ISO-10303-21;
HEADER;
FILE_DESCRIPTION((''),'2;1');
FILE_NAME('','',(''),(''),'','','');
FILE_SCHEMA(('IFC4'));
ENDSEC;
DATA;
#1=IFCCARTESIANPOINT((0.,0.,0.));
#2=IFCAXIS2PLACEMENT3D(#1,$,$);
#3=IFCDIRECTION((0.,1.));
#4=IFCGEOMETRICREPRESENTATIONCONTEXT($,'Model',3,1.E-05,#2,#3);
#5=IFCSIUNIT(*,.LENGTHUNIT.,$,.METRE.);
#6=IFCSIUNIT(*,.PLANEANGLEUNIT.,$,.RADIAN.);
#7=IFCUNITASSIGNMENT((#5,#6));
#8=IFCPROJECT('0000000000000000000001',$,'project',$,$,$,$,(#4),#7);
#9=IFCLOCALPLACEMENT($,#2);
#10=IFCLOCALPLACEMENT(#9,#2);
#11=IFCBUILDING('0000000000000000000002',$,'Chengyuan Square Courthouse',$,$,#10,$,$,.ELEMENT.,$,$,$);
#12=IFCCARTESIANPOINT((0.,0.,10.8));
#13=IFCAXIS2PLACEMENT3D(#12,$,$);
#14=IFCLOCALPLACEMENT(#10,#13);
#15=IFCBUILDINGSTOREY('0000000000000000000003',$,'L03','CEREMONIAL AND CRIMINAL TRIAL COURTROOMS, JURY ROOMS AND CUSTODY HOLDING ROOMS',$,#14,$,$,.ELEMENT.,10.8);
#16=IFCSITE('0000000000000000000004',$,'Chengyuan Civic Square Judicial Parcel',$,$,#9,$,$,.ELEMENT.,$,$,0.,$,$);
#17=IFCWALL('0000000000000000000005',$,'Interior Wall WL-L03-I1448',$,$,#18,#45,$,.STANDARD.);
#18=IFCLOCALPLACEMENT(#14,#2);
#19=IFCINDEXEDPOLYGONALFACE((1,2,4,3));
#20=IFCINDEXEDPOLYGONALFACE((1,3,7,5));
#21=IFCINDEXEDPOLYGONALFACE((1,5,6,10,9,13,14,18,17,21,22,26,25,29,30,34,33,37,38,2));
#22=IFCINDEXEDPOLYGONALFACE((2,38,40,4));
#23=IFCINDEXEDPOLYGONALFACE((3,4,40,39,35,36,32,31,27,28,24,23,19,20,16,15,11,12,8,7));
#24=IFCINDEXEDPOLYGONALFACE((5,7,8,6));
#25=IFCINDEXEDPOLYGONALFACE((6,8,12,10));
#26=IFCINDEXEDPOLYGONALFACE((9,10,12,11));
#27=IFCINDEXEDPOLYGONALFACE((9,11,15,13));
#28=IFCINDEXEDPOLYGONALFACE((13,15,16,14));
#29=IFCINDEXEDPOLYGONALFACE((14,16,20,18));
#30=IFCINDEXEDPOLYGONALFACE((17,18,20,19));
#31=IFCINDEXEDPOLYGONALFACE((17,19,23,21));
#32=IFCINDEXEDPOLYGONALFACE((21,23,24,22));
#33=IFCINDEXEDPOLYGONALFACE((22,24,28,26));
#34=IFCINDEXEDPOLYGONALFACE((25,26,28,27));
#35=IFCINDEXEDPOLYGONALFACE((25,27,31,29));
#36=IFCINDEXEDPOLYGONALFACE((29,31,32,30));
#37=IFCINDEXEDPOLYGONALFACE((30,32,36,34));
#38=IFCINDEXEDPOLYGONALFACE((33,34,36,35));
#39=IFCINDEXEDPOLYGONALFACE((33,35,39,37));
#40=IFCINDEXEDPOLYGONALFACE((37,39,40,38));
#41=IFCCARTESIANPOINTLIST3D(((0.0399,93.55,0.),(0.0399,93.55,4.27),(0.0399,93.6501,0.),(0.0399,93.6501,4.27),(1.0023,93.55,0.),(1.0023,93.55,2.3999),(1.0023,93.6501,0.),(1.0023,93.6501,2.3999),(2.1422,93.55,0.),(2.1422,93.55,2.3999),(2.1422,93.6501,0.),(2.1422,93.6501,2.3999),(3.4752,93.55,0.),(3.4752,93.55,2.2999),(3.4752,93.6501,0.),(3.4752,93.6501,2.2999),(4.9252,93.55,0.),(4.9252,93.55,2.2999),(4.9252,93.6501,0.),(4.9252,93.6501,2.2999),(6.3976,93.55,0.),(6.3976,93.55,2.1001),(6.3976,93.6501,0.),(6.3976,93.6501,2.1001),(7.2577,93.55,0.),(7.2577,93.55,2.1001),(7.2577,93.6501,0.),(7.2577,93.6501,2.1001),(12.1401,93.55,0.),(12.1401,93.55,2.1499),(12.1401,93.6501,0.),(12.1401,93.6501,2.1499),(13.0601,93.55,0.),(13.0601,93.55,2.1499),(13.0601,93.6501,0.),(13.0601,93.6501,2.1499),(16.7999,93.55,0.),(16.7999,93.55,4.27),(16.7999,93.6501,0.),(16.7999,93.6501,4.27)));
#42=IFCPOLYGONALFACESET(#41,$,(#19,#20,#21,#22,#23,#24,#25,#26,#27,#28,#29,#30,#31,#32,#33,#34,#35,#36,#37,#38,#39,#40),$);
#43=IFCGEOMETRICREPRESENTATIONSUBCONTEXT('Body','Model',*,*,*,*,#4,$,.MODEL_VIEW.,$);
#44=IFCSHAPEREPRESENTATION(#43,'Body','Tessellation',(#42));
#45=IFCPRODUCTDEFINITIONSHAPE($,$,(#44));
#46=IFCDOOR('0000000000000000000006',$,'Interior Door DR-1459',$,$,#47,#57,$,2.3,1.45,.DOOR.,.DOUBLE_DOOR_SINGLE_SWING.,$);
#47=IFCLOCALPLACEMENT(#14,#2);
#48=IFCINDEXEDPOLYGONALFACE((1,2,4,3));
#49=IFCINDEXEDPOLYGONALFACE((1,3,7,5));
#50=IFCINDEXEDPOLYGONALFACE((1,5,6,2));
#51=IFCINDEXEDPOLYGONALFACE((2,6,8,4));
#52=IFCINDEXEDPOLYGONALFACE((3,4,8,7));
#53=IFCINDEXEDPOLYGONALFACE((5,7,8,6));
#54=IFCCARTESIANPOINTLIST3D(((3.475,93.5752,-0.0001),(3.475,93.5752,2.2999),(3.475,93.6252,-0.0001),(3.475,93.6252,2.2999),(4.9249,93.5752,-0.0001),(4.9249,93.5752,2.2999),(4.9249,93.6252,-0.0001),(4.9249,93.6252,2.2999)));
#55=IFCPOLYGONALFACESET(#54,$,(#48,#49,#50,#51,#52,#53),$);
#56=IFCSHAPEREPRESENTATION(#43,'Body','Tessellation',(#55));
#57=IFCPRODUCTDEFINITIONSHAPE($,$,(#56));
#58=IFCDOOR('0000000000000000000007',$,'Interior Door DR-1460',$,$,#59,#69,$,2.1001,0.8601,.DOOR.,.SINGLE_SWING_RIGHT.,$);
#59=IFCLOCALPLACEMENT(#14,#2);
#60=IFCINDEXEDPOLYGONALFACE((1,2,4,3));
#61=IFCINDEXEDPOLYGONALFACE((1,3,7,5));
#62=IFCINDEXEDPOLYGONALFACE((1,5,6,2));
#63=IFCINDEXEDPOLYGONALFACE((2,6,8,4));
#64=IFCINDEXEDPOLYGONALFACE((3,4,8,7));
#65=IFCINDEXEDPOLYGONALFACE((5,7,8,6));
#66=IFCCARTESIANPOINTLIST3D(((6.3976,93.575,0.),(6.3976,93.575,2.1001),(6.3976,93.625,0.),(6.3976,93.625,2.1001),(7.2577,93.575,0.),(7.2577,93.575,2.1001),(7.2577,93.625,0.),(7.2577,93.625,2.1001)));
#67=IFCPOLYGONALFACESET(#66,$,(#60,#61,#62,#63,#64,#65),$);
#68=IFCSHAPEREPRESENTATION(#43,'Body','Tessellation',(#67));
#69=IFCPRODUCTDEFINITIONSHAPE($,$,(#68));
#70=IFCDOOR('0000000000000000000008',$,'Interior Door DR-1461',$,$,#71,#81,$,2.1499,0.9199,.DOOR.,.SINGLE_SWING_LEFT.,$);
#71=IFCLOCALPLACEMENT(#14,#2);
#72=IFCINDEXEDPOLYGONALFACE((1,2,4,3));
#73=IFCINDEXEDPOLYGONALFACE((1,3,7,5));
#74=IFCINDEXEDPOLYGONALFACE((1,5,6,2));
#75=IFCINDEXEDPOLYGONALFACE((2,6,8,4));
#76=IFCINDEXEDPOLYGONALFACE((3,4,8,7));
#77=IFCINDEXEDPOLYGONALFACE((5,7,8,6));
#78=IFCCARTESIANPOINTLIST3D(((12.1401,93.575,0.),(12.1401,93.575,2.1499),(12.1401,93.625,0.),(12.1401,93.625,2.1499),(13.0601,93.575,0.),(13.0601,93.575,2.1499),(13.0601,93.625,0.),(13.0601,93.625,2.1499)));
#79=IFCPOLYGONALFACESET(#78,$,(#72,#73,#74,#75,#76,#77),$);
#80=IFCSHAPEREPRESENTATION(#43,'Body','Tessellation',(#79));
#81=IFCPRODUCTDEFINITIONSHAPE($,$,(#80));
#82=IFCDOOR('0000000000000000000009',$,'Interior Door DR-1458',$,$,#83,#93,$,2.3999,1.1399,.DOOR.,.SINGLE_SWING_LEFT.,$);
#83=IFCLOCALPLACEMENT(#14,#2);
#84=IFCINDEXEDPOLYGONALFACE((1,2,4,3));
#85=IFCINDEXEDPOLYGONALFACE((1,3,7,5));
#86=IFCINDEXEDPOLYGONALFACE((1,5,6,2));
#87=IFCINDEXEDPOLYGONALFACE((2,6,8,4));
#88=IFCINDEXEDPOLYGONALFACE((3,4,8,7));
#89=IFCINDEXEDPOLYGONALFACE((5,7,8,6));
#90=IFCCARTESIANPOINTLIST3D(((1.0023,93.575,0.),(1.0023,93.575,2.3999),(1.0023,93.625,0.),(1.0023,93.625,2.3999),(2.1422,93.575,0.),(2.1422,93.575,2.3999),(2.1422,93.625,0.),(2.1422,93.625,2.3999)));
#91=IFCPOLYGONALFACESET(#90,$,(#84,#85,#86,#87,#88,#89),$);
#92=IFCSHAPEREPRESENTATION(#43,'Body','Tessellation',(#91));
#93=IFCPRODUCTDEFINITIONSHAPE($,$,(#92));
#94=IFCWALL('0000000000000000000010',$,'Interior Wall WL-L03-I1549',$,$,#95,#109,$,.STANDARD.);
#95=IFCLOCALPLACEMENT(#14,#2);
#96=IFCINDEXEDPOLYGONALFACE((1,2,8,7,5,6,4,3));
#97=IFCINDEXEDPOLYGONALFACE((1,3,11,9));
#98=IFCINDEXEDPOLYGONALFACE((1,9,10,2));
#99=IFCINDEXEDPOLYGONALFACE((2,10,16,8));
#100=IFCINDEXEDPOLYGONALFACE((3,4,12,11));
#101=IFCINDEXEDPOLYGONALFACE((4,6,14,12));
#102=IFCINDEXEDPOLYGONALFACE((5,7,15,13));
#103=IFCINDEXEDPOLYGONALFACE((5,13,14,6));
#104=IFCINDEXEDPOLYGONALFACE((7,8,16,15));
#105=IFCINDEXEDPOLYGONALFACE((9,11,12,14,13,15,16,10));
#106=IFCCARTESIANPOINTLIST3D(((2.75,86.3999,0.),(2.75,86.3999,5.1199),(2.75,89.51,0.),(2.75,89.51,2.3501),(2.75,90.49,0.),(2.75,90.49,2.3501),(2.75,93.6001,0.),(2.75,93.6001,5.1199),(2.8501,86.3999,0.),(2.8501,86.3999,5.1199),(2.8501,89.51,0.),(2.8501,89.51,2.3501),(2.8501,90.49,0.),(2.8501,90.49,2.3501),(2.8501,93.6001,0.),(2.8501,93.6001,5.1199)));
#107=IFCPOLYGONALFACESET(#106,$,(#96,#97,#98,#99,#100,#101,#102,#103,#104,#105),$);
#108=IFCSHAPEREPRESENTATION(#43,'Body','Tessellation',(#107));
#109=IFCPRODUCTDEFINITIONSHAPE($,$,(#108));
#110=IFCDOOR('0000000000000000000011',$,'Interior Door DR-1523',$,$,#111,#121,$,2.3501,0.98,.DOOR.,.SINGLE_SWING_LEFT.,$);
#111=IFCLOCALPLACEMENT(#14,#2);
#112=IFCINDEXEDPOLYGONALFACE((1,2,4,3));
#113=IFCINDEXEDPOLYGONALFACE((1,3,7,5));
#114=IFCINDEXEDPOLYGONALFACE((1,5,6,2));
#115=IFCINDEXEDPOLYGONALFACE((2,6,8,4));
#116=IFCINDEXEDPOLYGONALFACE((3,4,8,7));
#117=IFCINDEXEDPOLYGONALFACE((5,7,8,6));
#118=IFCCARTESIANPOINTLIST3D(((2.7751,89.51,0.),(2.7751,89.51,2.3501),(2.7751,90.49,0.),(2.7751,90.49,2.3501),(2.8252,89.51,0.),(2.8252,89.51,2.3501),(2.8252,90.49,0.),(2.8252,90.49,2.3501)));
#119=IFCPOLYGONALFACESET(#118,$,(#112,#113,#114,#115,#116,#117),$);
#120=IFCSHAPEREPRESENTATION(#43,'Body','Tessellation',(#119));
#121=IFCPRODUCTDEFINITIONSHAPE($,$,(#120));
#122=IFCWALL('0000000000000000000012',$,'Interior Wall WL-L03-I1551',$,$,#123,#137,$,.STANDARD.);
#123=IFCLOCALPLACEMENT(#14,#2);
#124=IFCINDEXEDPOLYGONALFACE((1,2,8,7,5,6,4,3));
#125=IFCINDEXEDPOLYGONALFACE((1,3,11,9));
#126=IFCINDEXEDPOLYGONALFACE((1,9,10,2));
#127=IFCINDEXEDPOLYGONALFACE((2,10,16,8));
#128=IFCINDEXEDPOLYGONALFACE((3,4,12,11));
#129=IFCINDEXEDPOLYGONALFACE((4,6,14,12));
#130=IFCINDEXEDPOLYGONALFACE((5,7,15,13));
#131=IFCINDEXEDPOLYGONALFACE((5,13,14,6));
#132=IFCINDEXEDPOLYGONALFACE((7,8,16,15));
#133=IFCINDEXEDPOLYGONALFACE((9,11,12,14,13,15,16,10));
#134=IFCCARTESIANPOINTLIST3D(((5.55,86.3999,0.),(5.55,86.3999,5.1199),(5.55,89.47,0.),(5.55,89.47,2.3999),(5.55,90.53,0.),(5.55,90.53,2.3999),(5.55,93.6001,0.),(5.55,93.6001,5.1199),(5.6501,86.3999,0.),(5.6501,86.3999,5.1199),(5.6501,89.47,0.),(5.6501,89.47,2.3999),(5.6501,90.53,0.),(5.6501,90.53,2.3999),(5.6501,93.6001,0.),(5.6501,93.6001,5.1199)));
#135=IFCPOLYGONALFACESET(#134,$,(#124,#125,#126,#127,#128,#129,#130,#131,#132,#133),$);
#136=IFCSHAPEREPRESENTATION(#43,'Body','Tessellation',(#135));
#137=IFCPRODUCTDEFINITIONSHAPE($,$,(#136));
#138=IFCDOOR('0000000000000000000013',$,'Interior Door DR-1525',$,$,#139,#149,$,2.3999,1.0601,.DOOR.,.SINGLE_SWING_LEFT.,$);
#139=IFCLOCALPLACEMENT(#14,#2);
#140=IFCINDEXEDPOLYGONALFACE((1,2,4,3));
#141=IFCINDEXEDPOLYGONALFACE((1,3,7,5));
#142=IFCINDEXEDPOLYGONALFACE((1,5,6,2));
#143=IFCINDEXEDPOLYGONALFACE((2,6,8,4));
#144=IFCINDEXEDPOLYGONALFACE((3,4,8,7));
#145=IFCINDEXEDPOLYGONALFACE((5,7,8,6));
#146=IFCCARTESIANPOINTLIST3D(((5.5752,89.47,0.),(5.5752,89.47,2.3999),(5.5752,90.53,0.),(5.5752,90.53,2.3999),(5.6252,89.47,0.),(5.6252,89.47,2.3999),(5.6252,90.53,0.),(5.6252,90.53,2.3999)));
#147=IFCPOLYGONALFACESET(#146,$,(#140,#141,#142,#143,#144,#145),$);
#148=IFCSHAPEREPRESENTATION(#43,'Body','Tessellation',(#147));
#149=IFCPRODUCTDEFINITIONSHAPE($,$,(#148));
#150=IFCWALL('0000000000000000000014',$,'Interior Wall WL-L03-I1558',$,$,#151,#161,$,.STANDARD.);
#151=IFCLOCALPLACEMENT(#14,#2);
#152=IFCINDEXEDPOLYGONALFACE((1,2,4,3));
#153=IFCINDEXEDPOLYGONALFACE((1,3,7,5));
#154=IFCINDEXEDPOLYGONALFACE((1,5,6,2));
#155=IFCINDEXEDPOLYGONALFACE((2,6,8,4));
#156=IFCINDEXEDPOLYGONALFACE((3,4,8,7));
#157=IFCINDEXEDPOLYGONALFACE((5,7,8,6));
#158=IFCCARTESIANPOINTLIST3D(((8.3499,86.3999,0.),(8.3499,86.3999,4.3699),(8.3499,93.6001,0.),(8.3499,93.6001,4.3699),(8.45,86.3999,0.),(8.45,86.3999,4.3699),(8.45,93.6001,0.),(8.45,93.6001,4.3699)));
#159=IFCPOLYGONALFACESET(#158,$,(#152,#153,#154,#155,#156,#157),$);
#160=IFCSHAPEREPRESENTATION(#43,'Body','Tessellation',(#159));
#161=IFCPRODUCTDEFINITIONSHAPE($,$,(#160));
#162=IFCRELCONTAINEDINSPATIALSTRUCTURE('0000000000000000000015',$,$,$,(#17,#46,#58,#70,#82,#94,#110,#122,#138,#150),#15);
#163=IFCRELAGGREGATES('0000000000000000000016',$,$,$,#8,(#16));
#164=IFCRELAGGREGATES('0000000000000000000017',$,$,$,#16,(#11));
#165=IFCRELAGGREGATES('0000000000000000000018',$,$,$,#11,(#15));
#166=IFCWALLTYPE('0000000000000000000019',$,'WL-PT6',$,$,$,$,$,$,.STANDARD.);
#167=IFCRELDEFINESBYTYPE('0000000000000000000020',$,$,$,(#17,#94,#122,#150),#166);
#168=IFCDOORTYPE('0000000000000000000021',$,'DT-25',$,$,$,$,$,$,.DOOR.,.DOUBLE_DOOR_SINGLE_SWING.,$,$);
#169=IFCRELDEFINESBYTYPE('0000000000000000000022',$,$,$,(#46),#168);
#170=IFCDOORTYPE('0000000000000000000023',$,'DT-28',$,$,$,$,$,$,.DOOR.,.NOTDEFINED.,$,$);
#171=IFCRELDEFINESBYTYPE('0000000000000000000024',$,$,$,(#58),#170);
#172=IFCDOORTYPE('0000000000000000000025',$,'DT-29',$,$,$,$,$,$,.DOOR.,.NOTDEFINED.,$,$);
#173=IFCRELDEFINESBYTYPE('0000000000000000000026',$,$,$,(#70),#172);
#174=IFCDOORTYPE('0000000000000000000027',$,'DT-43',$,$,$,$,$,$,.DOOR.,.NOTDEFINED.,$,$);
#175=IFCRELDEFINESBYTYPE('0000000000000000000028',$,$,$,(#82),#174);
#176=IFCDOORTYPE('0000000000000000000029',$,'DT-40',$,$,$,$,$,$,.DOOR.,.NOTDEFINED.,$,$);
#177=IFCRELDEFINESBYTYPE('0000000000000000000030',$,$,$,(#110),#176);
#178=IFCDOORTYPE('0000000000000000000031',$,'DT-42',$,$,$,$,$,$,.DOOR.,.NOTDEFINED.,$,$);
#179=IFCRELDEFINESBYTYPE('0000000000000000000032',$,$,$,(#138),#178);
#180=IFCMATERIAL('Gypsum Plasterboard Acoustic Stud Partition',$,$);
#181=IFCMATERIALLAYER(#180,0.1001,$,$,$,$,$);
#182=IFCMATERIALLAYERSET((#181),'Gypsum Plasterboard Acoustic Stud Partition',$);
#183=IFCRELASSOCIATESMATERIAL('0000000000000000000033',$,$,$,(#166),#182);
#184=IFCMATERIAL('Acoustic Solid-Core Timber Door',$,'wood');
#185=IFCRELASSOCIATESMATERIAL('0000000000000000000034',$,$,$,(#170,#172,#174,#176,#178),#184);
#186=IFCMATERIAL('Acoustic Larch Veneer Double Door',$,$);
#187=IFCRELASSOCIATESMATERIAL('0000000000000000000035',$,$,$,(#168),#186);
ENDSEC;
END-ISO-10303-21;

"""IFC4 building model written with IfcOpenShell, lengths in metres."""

from ifc_helpers import new_model, si_unit, direction, frame, frame_2d, origin, place, context, subcontext, project, spatial, rectangle, extrude, material, layer, layer_set, type_object, element, fill, save


model = new_model("IFC4")

# Units and contexts
model_context = context("Model", 3, precision=1e-05, world=origin(), true_north=direction((0.0, 1.0)))
body_context = subcontext(model_context, "Body", "Model", "MODEL_VIEW")
ifc_project = project(units=[si_unit("LENGTHUNIT", "METRE"), si_unit("PLANEANGLEUNIT", "RADIAN")], contexts=[model_context])

# Site, building, storey
site_placement = place(None, origin())
site = spatial("IfcSite", under=ifc_project, at=site_placement, Name="Chengyuan Civic Square Judicial Parcel", CompositionType="ELEMENT", RefElevation=0.0)
building_placement = place(site_placement, origin())
building = spatial("IfcBuilding", under=site, at=building_placement, Name="Chengyuan Square Courthouse", CompositionType="ELEMENT")
storey_placement = place(building_placement, frame((0.0, 0.0, 10.8)))
storey = spatial("IfcBuildingStorey", under=building, at=storey_placement, Name="L03", Description="CEREMONIAL AND CRIMINAL TRIAL COURTROOMS, JURY ROOMS AND CUSTODY HOLDING ROOMS", CompositionType="ELEMENT", Elevation=10.8)

# Wall, openings, doors
ifc_material_1 = material(Name="Gypsum Plasterboard Acoustic Stud Partition")
ifc_layer = layer(ifc_material_1, 0.1001)
ifc_layer_set = layer_set([ifc_layer], Name="Gypsum Plasterboard Acoustic Stud Partition")
wall_type = type_object("IfcWallType", Name="WL-PT6", PredefinedType="STANDARD", material=ifc_layer_set)
ifc_material_2 = material(Name="Acoustic Larch Veneer Double Door")
ifc_material_3 = material(Name="Acoustic Solid-Core Timber Door", Category="wood")
door_type_1 = type_object("IfcDoorType", Name="DT-28", OperationType="NOTDEFINED", PredefinedType="DOOR", material=ifc_material_3)
wall_1_placement = place(storey_placement, frame((0.04, 93.6001, 0.0), z_axis=(0.0, 0.0, 1.0), x_axis=(1.0, 0.0, 0.0)))
wall_1 = element("IfcWall", 1, at=wall_1_placement, inside=storey, type_object=wall_type, Name="Interior Wall WL-L03-I1448", PredefinedType="STANDARD", context=body_context, shape_type="SweptSolid", body=[
    extrude(rectangle(XDim=16.76, YDim=0.1001, at=frame_2d((8.3799, 0.0))), origin(), (0.0, 0.0, 1.0), 4.27),
])
opening_1_placement = place(wall_1_placement, frame((0.9624, 0.0, 0.0)))
opening_1 = element("IfcOpeningElement", 2, at=opening_1_placement, cuts=wall_1, PredefinedType="OPENING", context=body_context, shape_type="SweptSolid", body=[
    extrude(rectangle(XDim=1.1399, YDim=2.3999, at=frame_2d((0.5698, 1.2))), frame((0.0, 0.062, 0.0), z_axis=(0.0, -1.0, 0.0), x_axis=(1.0, 0.0, 0.0)), (0.0, 0.0, 1.0), 0.124),
])
opening_2_placement = place(wall_1_placement, frame((3.4351, 0.0, 0.0)))
opening_2 = element("IfcOpeningElement", 3, at=opening_2_placement, cuts=wall_1, PredefinedType="OPENING", context=body_context, shape_type="SweptSolid", body=[
    extrude(rectangle(XDim=1.45, YDim=2.3, at=frame_2d((0.7251, 1.1499))), frame((0.0, 0.062, 0.0), z_axis=(0.0, -1.0, 0.0), x_axis=(1.0, 0.0, 0.0)), (0.0, 0.0, 1.0), 0.124),
])
opening_3_placement = place(wall_1_placement, frame((6.3574, 0.0, 0.0)))
opening_3 = element("IfcOpeningElement", 4, at=opening_3_placement, cuts=wall_1, PredefinedType="OPENING", context=body_context, shape_type="SweptSolid", body=[
    extrude(rectangle(XDim=0.8601, YDim=2.1001, at=frame_2d((0.4302, 1.05))), frame((0.0, 0.062, 0.0), z_axis=(0.0, -1.0, 0.0), x_axis=(1.0, 0.0, 0.0)), (0.0, 0.0, 1.0), 0.124),
])
opening_4_placement = place(wall_1_placement, frame((12.1001, 0.0, 0.0)))
opening_4 = element("IfcOpeningElement", 5, at=opening_4_placement, cuts=wall_1, PredefinedType="OPENING", context=body_context, shape_type="SweptSolid", body=[
    extrude(rectangle(XDim=0.9199, YDim=2.1499, at=frame_2d((0.46, 1.075))), frame((0.0, 0.062, 0.0), z_axis=(0.0, -1.0, 0.0), x_axis=(1.0, 0.0, 0.0)), (0.0, 0.0, 1.0), 0.124),
])
door_type_2 = type_object("IfcDoorType", Name="DT-25", OperationType="DOUBLE_DOOR_SINGLE_SWING", PredefinedType="DOOR", material=ifc_material_2)
door_1_placement = place(opening_2_placement, frame((1.45, 0.0, 0.0), z_axis=(0.0, 0.0, 1.0), x_axis=(-1.0, 0.0, 0.0)))
door_1 = element("IfcDoor", 6, at=door_1_placement, inside=storey, type_object=door_type_2, Name="Interior Door DR-1459", OperationType="DOUBLE_DOOR_SINGLE_SWING", OverallHeight=2.3, OverallWidth=1.45, PredefinedType="DOOR", context=body_context, shape_type="SweptSolid", body=[
    extrude(rectangle(XDim=1.45, YDim=2.3, at=frame_2d((0.7251, 1.1499))), frame((0.0, 0.0249, 0.0), z_axis=(0.0, -1.0, 0.0), x_axis=(1.0, 0.0, 0.0)), (0.0, 0.0, 1.0), 0.05),
])
fill(opening_2, door_1)
door_2_placement = place(opening_3_placement, origin())
door_2 = element("IfcDoor", 7, at=door_2_placement, inside=storey, type_object=door_type_1, Name="Interior Door DR-1460", OperationType="SINGLE_SWING_RIGHT", OverallHeight=2.1001, OverallWidth=0.8601, PredefinedType="DOOR", context=body_context, shape_type="SweptSolid", body=[
    extrude(rectangle(XDim=0.8601, YDim=2.1001, at=frame_2d((0.4302, 1.05))), frame((0.0, 0.0249, 0.0), z_axis=(0.0, -1.0, 0.0), x_axis=(1.0, 0.0, 0.0)), (0.0, 0.0, 1.0), 0.05),
])
fill(opening_3, door_2)
door_type_3 = type_object("IfcDoorType", Name="DT-29", OperationType="NOTDEFINED", PredefinedType="DOOR", material=ifc_material_3)
door_3_placement = place(opening_4_placement, origin())
door_3 = element("IfcDoor", 8, at=door_3_placement, inside=storey, type_object=door_type_3, Name="Interior Door DR-1461", OperationType="SINGLE_SWING_LEFT", OverallHeight=2.1499, OverallWidth=0.9199, PredefinedType="DOOR", context=body_context, shape_type="SweptSolid", body=[
    extrude(rectangle(XDim=0.9199, YDim=2.1499, at=frame_2d((0.46, 1.075))), frame((0.0, 0.0249, 0.0), z_axis=(0.0, -1.0, 0.0), x_axis=(1.0, 0.0, 0.0)), (0.0, 0.0, 1.0), 0.05),
])
fill(opening_4, door_3)
door_type_4 = type_object("IfcDoorType", Name="DT-43", OperationType="NOTDEFINED", PredefinedType="DOOR", material=ifc_material_3)
door_4_placement = place(opening_1_placement, origin())
door_4 = element("IfcDoor", 9, at=door_4_placement, inside=storey, type_object=door_type_4, Name="Interior Door DR-1458", OperationType="SINGLE_SWING_LEFT", OverallHeight=2.3999, OverallWidth=1.1399, PredefinedType="DOOR", context=body_context, shape_type="SweptSolid", body=[
    extrude(rectangle(XDim=1.1399, YDim=2.3999, at=frame_2d((0.5698, 1.2))), frame((0.0, 0.0249, 0.0), z_axis=(0.0, -1.0, 0.0), x_axis=(1.0, 0.0, 0.0)), (0.0, 0.0, 1.0), 0.05),
])
fill(opening_1, door_4)

# Walls, openings, doors
wall_2_placement = place(storey_placement, frame((2.8, 86.3999, 0.0), z_axis=(0.0, 0.0, 1.0), x_axis=(0.0, 1.0, 0.0)))
wall_2 = element("IfcWall", 10, at=wall_2_placement, inside=storey, type_object=wall_type, Name="Interior Wall WL-L03-I1549", PredefinedType="STANDARD", context=body_context, shape_type="SweptSolid", body=[
    extrude(rectangle(XDim=7.2002, YDim=0.1001, at=frame_2d((3.6001, 0.0))), origin(), (0.0, 0.0, 1.0), 5.1199),
])
opening_5_placement = place(wall_2_placement, frame((3.1101, 0.0, 0.0)))
opening_5 = element("IfcOpeningElement", 11, at=opening_5_placement, cuts=wall_2, PredefinedType="OPENING", context=body_context, shape_type="SweptSolid", body=[
    extrude(rectangle(XDim=0.98, YDim=2.3501, at=frame_2d((0.49, 1.175))), frame((0.0, 0.062, 0.0), z_axis=(0.0, -1.0, 0.0), x_axis=(1.0, 0.0, 0.0)), (0.0, 0.0, 1.0), 0.124),
])
door_type_5 = type_object("IfcDoorType", Name="DT-40", OperationType="NOTDEFINED", PredefinedType="DOOR", material=ifc_material_3)
door_5_placement = place(opening_5_placement, origin())
door_5 = element("IfcDoor", 12, at=door_5_placement, inside=storey, type_object=door_type_5, Name="Interior Door DR-1523", OperationType="SINGLE_SWING_LEFT", OverallHeight=2.3501, OverallWidth=0.98, PredefinedType="DOOR", context=body_context, shape_type="SweptSolid", body=[
    extrude(rectangle(XDim=0.98, YDim=2.3501, at=frame_2d((0.49, 1.175))), frame((0.0, 0.0249, 0.0), z_axis=(0.0, -1.0, 0.0), x_axis=(1.0, 0.0, 0.0)), (0.0, 0.0, 1.0), 0.05),
])
fill(opening_5, door_5)
wall_3_placement = place(storey_placement, frame((5.6001, 86.3999, 0.0), z_axis=(0.0, 0.0, 1.0), x_axis=(0.0, 1.0, 0.0)))
wall_3 = element("IfcWall", 13, at=wall_3_placement, inside=storey, type_object=wall_type, Name="Interior Wall WL-L03-I1551", PredefinedType="STANDARD", context=body_context, shape_type="SweptSolid", body=[
    extrude(rectangle(XDim=7.2002, YDim=0.1001, at=frame_2d((3.6001, 0.0))), origin(), (0.0, 0.0, 1.0), 5.1199),
])
opening_6_placement = place(wall_3_placement, frame((3.0701, 0.0, 0.0)))
opening_6 = element("IfcOpeningElement", 14, at=opening_6_placement, cuts=wall_3, PredefinedType="OPENING", context=body_context, shape_type="SweptSolid", body=[
    extrude(rectangle(XDim=1.0601, YDim=2.3999, at=frame_2d((0.53, 1.2))), frame((0.0, 0.062, 0.0), z_axis=(0.0, -1.0, 0.0), x_axis=(1.0, 0.0, 0.0)), (0.0, 0.0, 1.0), 0.124),
])
door_type_6 = type_object("IfcDoorType", Name="DT-42", OperationType="NOTDEFINED", PredefinedType="DOOR", material=ifc_material_3)
door_6_placement = place(opening_6_placement, origin())
door_6 = element("IfcDoor", 15, at=door_6_placement, inside=storey, type_object=door_type_6, Name="Interior Door DR-1525", OperationType="SINGLE_SWING_LEFT", OverallHeight=2.3999, OverallWidth=1.0601, PredefinedType="DOOR", context=body_context, shape_type="SweptSolid", body=[
    extrude(rectangle(XDim=1.0601, YDim=2.3999, at=frame_2d((0.53, 1.2))), frame((0.0, 0.0249, 0.0), z_axis=(0.0, -1.0, 0.0), x_axis=(1.0, 0.0, 0.0)), (0.0, 0.0, 1.0), 0.05),
])
fill(opening_6, door_6)

# Wall
wall_4_placement = place(storey_placement, frame((8.3999, 86.3999, 0.0), z_axis=(0.0, 0.0, 1.0), x_axis=(0.0, 1.0, 0.0)))
element("IfcWall", 16, at=wall_4_placement, inside=storey, type_object=wall_type, Name="Interior Wall WL-L03-I1558", PredefinedType="STANDARD", context=body_context, shape_type="SweptSolid", body=[
    extrude(rectangle(XDim=7.2002, YDim=0.1001, at=frame_2d((3.6001, 0.0))), origin(), (0.0, 0.0, 1.0), 4.3699),
])

save(model, "model.ifc")
